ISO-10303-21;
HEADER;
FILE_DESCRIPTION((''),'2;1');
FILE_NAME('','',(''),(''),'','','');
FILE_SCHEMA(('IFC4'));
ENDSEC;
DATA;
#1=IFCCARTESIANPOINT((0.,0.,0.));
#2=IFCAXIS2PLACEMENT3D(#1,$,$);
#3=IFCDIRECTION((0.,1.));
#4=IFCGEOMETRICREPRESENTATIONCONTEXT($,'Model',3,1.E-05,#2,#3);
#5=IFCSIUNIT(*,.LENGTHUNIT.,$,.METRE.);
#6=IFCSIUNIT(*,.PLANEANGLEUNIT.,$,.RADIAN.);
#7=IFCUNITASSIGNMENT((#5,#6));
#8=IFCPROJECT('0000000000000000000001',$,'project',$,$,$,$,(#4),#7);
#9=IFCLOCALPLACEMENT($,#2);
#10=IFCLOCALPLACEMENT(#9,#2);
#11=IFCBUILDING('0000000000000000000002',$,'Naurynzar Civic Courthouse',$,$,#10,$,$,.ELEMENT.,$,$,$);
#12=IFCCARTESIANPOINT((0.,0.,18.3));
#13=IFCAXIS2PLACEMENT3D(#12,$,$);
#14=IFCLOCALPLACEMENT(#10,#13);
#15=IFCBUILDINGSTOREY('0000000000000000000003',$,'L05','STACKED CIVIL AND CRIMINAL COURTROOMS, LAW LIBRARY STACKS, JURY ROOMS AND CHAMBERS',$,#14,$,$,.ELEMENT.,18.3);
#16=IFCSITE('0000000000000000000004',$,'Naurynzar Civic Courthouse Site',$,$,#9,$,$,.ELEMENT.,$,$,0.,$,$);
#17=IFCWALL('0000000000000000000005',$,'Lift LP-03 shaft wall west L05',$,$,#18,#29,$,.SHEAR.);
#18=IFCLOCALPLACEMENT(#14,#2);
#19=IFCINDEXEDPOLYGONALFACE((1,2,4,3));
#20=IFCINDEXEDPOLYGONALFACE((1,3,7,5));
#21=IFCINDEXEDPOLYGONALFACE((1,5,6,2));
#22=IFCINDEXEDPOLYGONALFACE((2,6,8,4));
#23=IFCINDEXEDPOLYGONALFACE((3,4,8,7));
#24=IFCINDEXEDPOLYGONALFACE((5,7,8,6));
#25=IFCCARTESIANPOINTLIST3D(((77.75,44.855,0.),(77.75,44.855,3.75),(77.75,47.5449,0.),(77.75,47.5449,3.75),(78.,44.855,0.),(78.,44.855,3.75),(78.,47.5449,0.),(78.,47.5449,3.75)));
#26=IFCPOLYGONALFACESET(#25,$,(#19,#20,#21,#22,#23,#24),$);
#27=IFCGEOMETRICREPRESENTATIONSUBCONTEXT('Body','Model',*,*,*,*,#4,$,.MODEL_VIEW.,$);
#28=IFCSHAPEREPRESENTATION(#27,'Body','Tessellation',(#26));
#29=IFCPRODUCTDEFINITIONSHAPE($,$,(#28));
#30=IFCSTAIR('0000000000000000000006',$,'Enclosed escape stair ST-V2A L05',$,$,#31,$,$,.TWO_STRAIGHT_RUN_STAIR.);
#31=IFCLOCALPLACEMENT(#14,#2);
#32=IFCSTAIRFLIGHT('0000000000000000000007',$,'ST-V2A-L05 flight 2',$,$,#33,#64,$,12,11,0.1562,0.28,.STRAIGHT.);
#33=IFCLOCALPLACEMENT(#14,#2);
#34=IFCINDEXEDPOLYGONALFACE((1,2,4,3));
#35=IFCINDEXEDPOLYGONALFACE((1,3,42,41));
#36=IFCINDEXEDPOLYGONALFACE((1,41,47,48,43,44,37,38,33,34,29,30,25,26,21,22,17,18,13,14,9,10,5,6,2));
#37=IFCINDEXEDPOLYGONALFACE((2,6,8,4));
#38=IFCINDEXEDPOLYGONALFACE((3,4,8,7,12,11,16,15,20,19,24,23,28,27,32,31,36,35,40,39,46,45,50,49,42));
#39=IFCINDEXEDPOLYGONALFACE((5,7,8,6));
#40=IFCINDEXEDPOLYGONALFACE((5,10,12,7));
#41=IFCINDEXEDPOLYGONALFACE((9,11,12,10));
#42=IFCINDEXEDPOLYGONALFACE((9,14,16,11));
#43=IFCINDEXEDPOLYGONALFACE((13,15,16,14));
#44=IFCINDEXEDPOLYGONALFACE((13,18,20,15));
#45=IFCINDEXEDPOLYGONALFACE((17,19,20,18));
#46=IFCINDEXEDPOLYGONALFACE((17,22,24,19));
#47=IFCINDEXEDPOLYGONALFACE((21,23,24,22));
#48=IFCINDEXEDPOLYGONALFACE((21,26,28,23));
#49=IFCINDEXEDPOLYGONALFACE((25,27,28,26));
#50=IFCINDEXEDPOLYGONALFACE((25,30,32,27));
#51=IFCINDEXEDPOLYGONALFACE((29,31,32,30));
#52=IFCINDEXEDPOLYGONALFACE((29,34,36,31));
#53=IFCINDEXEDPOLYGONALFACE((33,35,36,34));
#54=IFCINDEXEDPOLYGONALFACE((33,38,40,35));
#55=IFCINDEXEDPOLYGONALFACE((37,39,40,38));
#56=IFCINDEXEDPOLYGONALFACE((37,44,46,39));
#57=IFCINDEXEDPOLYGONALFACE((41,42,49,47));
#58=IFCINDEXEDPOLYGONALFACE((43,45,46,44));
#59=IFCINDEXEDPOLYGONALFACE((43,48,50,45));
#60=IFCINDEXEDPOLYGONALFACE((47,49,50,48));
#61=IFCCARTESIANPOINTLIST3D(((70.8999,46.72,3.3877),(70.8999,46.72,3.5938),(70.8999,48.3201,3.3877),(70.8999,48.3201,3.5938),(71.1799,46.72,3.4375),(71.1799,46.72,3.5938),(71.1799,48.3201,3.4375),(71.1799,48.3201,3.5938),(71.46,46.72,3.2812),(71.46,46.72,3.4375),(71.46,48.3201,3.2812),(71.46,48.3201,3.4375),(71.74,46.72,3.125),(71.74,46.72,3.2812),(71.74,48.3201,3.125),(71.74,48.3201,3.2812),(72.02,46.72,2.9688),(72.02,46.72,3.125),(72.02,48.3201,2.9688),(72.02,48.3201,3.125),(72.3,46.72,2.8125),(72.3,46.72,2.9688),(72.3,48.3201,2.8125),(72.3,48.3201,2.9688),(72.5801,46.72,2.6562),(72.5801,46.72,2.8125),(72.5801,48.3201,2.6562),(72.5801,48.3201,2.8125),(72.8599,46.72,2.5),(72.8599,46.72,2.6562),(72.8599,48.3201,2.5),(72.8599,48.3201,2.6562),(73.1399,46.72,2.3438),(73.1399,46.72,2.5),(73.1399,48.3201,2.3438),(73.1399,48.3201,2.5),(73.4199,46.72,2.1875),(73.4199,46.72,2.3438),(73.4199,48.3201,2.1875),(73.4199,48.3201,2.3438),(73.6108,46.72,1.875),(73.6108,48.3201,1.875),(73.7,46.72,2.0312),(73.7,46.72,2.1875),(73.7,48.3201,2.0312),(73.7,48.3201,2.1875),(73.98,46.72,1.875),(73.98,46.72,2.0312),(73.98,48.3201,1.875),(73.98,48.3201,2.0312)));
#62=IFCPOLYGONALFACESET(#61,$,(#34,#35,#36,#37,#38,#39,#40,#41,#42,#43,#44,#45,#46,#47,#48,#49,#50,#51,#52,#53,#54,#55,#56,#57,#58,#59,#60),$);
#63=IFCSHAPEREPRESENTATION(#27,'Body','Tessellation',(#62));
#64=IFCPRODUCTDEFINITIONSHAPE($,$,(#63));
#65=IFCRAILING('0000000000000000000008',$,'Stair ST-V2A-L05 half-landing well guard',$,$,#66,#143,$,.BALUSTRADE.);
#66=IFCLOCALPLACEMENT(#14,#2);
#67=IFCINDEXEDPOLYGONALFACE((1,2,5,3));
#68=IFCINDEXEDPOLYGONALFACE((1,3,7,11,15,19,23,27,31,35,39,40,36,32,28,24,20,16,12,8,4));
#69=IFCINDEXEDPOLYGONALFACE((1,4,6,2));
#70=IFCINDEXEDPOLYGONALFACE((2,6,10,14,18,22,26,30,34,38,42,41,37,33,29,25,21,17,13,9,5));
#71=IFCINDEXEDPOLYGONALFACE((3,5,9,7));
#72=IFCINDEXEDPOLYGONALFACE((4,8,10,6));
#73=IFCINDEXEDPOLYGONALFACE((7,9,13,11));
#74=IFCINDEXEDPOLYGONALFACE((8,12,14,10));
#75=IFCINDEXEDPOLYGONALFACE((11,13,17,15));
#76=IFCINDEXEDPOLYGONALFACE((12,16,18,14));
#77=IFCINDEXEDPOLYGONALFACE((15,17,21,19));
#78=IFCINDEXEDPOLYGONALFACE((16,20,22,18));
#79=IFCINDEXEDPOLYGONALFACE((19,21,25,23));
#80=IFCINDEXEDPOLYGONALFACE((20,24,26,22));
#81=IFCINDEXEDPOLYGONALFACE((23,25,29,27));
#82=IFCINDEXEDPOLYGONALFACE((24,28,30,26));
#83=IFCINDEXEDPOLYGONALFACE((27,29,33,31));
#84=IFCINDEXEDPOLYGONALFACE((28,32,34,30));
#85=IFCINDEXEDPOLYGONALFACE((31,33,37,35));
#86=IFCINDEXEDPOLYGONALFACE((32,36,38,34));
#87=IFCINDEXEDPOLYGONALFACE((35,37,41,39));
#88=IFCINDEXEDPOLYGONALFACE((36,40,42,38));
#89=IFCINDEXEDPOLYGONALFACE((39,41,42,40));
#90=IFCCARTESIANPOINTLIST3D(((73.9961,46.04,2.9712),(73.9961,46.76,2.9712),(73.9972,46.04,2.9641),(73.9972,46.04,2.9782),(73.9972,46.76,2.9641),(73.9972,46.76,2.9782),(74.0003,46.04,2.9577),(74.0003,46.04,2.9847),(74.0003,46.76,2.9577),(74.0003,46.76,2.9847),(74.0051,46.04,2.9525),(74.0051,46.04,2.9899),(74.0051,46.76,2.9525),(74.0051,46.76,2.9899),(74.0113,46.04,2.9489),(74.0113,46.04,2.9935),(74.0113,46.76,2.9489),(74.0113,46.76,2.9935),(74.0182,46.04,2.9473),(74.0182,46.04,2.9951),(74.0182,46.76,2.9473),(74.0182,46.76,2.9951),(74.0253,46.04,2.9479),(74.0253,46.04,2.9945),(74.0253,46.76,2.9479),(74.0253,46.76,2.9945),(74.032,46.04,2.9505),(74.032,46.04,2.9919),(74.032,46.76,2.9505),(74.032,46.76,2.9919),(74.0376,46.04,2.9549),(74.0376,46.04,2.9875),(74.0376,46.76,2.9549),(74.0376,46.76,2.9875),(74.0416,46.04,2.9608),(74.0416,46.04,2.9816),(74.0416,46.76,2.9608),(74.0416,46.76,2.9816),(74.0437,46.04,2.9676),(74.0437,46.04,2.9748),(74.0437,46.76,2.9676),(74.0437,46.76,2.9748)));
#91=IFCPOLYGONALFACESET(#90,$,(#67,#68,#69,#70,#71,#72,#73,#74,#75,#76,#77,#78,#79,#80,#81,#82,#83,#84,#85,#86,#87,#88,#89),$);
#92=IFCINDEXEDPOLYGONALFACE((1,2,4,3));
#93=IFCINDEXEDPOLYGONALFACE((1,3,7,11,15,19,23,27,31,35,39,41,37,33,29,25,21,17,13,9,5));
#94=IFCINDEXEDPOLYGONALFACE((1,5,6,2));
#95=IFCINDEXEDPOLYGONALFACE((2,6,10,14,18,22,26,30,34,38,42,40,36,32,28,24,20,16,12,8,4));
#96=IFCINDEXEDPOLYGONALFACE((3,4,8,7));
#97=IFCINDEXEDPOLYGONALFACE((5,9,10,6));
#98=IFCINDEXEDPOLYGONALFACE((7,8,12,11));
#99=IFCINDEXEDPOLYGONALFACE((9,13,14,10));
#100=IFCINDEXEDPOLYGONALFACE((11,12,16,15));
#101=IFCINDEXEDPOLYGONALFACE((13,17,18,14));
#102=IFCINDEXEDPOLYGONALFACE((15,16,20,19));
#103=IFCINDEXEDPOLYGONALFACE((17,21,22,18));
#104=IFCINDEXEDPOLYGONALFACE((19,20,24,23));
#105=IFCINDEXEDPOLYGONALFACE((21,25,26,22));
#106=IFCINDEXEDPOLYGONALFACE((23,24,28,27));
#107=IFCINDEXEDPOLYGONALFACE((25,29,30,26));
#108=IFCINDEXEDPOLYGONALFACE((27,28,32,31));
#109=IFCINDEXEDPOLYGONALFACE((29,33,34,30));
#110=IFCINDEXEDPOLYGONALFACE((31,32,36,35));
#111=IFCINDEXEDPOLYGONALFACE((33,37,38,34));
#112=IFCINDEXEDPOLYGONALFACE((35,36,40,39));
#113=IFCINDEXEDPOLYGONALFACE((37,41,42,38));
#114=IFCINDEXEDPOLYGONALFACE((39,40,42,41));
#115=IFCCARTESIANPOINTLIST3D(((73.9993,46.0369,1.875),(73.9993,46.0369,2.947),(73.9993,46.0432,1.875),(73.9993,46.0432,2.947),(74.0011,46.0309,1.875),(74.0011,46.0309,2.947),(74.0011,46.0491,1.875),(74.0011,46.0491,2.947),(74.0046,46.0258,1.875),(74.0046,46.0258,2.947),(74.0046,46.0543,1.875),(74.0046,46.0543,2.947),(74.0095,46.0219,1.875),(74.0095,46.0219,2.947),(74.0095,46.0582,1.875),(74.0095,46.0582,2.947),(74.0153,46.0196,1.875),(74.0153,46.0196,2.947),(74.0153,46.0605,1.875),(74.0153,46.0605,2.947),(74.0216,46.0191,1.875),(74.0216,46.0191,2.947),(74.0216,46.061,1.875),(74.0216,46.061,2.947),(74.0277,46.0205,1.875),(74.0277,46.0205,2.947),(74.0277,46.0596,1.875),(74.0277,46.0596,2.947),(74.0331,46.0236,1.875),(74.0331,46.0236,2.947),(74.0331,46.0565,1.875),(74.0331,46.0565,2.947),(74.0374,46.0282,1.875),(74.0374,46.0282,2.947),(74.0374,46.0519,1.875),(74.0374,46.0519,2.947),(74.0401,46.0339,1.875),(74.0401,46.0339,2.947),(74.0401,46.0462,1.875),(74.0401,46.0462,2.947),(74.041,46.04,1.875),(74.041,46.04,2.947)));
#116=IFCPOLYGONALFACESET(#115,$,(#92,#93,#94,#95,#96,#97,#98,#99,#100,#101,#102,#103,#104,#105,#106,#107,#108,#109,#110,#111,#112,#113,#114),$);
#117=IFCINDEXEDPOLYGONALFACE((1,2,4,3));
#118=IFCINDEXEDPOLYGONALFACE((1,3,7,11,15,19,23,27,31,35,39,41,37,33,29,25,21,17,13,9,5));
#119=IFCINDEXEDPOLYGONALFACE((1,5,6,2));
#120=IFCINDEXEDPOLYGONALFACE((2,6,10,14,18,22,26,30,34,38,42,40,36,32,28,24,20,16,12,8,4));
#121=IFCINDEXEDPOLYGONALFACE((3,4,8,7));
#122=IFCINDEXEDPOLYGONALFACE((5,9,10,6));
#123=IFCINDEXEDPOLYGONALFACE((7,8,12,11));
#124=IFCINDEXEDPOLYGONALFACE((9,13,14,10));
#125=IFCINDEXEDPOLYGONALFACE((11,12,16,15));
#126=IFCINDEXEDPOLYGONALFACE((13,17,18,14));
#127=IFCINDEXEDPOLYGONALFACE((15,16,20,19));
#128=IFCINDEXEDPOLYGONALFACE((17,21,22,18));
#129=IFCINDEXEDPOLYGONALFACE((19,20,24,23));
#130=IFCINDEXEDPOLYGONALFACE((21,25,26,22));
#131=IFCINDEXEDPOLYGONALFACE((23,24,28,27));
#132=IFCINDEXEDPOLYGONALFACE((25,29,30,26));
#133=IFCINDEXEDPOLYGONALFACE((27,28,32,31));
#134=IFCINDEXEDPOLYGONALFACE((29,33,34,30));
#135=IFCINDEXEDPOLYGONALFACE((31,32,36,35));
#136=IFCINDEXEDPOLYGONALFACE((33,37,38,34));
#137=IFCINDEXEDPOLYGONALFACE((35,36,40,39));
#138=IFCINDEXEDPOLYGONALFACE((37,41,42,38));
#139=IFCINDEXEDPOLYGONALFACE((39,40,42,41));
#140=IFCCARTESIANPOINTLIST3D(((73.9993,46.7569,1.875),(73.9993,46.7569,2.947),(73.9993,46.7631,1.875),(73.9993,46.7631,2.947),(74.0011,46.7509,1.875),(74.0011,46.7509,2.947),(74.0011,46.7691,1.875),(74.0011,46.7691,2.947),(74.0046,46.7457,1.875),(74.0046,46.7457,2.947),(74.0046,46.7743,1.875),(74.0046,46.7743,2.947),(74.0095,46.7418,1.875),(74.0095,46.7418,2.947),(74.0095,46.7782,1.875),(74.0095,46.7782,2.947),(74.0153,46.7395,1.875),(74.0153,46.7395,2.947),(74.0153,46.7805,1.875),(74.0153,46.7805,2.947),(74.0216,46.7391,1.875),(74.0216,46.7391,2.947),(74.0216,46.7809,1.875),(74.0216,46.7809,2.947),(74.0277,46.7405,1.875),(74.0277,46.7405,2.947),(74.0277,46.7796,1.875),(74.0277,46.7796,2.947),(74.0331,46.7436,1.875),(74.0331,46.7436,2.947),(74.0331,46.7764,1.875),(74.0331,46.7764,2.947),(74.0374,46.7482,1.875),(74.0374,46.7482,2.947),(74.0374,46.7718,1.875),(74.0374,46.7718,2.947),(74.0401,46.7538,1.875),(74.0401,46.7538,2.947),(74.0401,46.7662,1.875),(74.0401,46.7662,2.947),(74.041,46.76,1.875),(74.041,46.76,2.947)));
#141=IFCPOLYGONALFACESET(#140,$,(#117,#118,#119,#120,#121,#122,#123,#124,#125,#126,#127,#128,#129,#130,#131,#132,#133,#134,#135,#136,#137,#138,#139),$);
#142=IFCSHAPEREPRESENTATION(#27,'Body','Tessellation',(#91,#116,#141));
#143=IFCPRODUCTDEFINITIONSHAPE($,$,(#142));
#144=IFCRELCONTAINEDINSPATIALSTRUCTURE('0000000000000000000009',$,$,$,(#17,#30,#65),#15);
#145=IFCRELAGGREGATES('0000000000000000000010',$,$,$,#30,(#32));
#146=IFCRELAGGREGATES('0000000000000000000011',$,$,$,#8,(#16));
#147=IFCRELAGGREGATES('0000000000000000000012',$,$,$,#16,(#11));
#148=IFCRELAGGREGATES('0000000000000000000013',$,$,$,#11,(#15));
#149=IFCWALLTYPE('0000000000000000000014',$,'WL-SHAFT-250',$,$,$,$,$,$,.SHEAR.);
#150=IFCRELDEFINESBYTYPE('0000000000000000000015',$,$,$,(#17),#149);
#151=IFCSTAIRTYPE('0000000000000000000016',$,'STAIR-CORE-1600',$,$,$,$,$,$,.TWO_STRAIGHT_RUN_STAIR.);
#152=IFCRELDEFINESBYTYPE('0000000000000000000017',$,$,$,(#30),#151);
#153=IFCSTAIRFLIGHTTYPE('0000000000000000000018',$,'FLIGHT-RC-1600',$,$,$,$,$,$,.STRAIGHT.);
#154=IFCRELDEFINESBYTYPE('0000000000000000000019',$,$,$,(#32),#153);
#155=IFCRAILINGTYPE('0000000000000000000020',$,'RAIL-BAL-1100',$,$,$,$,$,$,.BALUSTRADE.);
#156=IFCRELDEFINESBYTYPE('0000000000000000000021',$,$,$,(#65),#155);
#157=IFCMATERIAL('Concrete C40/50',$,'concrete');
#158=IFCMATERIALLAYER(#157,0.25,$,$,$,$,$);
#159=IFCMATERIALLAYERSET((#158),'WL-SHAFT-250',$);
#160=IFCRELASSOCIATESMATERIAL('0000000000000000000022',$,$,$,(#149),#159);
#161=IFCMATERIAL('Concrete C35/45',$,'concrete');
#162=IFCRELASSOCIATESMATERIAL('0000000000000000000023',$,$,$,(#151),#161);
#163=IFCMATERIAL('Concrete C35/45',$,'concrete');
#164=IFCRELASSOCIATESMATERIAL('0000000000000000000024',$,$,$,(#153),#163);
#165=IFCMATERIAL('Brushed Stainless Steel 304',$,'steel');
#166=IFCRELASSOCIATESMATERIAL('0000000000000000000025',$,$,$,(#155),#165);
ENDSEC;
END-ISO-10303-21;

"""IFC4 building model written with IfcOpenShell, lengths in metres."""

from ifc_helpers import new_model, si_unit, direction, frame, frame_2d, origin, origin_2d, place, context, subcontext, project, spatial, polyline, rectangle, circle, outline, extrude, material, layer, layer_set, type_object, element, aggregate, save


model = new_model("IFC4")

# Units and contexts
model_context = context("Model", 3, precision=1e-05, world=origin(), true_north=direction((0.0, 1.0)))
body_context = subcontext(model_context, "Body", "Model", "MODEL_VIEW")
ifc_project = project(units=[si_unit("LENGTHUNIT", "METRE"), si_unit("PLANEANGLEUNIT", "RADIAN")], contexts=[model_context])

# Site, building, storey
site_placement = place(None, origin())
site = spatial("IfcSite", under=ifc_project, at=site_placement, Name="Naurynzar Civic Courthouse Site", CompositionType="ELEMENT", RefElevation=0.0)
building_placement = place(site_placement, origin())
building = spatial("IfcBuilding", under=site, at=building_placement, Name="Naurynzar Civic Courthouse", CompositionType="ELEMENT")
storey_placement = place(building_placement, frame((0.0, 0.0, 18.3)))
storey = spatial("IfcBuildingStorey", under=building, at=storey_placement, Name="L05", Description="STACKED CIVIL AND CRIMINAL COURTROOMS, LAW LIBRARY STACKS, JURY ROOMS AND CHAMBERS", CompositionType="ELEMENT", Elevation=18.3)

# Wall
ifc_material_1 = material(Name="Concrete C40/50", Category="concrete")
ifc_layer_1 = layer(ifc_material_1, 0.25)
ifc_layer_set_1 = layer_set([ifc_layer_1], Name="WL-SHAFT-250")
wall_type_1 = type_object("IfcWallType", Name="WL-SHAFT-250", PredefinedType="SHEAR", material=ifc_layer_set_1)
wall_1_placement = place(storey_placement, frame((77.875, 47.5449, 0.0), z_axis=(0.0, 0.0, 1.0), x_axis=(0.0, -1.0, 0.0)))
element("IfcWall", 1, at=wall_1_placement, inside=storey, type_object=wall_type_1, Name="Lift LP-03 shaft wall west L05", PredefinedType="SHEAR", context=body_context, shape_type="SweptSolid", body=[
    extrude(rectangle(XDim=2.6899, YDim=0.25, at=frame_2d((1.345, 0.0))), origin(), (0.0, 0.0, 1.0), 3.75),
])

# Stair, stair flight
ifc_material_2 = material(Name="Concrete C35/45", Category="concrete")
stair_type = type_object("IfcStairType", Name="STAIR-CORE-1600", PredefinedType="TWO_STRAIGHT_RUN_STAIR", material=ifc_material_2)
stair_placement = place(storey_placement, origin())
stair = element("IfcStair", 2, at=stair_placement, inside=storey, type_object=stair_type, Name="Enclosed escape stair ST-V2A L05", PredefinedType="TWO_STRAIGHT_RUN_STAIR")
ifc_material_3 = material(Name="Concrete C35/45", Category="concrete")
stair_flight_type = type_object("IfcStairFlightType", Name="FLIGHT-RC-1600", PredefinedType="STRAIGHT", material=ifc_material_3)
stair_flight_placement = place(storey_placement, frame((73.98, 47.52, 1.875), z_axis=(0.0, 0.0, 1.0), x_axis=(-1.0, 0.0, 0.0)))
stair_flight = element("IfcStairFlight", 3, at=stair_flight_placement, type_object=stair_flight_type, Name="ST-V2A-L05 flight 2", NumberOfRisers=12, NumberOfTreads=11, PredefinedType="STRAIGHT", RiserHeight=0.1562, TreadLength=0.28, context=body_context, shape_type="SweptSolid", body=[
    extrude(outline(polyline([(0.0, 0.0), (0.0, 0.1562), (0.28, 0.1562), (0.28, 0.3125), (0.5601, 0.3125), (0.5601, 0.4688), (0.8401, 0.4688), (0.8401, 0.625), (1.1201, 0.625), (1.1201, 0.7812), (1.3999, 0.7812), (1.3999, 0.9375), (1.6799, 0.9375), (1.6799, 1.0938), (1.96, 1.0938), (1.96, 1.25), (2.24, 1.25), (2.24, 1.4062), (2.52, 1.4062), (2.52, 1.5625), (2.8, 1.5625), (2.8, 1.7188), (3.0801, 1.7188), (3.0801, 1.875), (3.0801, 1.5127), (0.3691, 0.0), (0.0, 0.0)])), frame((0.0, 0.8, 0.0), z_axis=(0.0, -1.0, 0.0), x_axis=(1.0, 0.0, 0.0)), (0.0, 0.0, 1.0), 1.6001),
])
aggregate(stair, [stair_flight])

# Railing
ifc_material_4 = material(Name="Brushed Stainless Steel 304", Category="steel")
railing_type_1 = type_object("IfcRailingType", Name="RAIL-BAL-1100", PredefinedType="BALUSTRADE", material=ifc_material_4)
railing_1_placement = place(storey_placement, frame((74.02, 46.04, 1.875)))
element("IfcRailing", 4, at=railing_1_placement, inside=storey, type_object=railing_type_1, Name="Stair ST-V2A-L05 half-landing well guard", PredefinedType="BALUSTRADE", context=body_context, shape_type="SweptSolid", body=[
    extrude(circle(Radius=0.0239, at=origin_2d()), frame((0.0, 0.0, 1.0962), z_axis=(0.0, 1.0, 0.0), x_axis=(-1.0, 0.0, 0.0)), (0.0, 0.0, 1.0), 0.72),
    extrude(circle(Radius=0.021, at=origin_2d()), origin(), (0.0, 0.0, 1.0), 1.072),
    extrude(circle(Radius=0.021, at=origin_2d()), frame((0.0, 0.72, 0.0)), (0.0, 0.0, 1.0), 1.072),
])

save(model, "model.ifc")
